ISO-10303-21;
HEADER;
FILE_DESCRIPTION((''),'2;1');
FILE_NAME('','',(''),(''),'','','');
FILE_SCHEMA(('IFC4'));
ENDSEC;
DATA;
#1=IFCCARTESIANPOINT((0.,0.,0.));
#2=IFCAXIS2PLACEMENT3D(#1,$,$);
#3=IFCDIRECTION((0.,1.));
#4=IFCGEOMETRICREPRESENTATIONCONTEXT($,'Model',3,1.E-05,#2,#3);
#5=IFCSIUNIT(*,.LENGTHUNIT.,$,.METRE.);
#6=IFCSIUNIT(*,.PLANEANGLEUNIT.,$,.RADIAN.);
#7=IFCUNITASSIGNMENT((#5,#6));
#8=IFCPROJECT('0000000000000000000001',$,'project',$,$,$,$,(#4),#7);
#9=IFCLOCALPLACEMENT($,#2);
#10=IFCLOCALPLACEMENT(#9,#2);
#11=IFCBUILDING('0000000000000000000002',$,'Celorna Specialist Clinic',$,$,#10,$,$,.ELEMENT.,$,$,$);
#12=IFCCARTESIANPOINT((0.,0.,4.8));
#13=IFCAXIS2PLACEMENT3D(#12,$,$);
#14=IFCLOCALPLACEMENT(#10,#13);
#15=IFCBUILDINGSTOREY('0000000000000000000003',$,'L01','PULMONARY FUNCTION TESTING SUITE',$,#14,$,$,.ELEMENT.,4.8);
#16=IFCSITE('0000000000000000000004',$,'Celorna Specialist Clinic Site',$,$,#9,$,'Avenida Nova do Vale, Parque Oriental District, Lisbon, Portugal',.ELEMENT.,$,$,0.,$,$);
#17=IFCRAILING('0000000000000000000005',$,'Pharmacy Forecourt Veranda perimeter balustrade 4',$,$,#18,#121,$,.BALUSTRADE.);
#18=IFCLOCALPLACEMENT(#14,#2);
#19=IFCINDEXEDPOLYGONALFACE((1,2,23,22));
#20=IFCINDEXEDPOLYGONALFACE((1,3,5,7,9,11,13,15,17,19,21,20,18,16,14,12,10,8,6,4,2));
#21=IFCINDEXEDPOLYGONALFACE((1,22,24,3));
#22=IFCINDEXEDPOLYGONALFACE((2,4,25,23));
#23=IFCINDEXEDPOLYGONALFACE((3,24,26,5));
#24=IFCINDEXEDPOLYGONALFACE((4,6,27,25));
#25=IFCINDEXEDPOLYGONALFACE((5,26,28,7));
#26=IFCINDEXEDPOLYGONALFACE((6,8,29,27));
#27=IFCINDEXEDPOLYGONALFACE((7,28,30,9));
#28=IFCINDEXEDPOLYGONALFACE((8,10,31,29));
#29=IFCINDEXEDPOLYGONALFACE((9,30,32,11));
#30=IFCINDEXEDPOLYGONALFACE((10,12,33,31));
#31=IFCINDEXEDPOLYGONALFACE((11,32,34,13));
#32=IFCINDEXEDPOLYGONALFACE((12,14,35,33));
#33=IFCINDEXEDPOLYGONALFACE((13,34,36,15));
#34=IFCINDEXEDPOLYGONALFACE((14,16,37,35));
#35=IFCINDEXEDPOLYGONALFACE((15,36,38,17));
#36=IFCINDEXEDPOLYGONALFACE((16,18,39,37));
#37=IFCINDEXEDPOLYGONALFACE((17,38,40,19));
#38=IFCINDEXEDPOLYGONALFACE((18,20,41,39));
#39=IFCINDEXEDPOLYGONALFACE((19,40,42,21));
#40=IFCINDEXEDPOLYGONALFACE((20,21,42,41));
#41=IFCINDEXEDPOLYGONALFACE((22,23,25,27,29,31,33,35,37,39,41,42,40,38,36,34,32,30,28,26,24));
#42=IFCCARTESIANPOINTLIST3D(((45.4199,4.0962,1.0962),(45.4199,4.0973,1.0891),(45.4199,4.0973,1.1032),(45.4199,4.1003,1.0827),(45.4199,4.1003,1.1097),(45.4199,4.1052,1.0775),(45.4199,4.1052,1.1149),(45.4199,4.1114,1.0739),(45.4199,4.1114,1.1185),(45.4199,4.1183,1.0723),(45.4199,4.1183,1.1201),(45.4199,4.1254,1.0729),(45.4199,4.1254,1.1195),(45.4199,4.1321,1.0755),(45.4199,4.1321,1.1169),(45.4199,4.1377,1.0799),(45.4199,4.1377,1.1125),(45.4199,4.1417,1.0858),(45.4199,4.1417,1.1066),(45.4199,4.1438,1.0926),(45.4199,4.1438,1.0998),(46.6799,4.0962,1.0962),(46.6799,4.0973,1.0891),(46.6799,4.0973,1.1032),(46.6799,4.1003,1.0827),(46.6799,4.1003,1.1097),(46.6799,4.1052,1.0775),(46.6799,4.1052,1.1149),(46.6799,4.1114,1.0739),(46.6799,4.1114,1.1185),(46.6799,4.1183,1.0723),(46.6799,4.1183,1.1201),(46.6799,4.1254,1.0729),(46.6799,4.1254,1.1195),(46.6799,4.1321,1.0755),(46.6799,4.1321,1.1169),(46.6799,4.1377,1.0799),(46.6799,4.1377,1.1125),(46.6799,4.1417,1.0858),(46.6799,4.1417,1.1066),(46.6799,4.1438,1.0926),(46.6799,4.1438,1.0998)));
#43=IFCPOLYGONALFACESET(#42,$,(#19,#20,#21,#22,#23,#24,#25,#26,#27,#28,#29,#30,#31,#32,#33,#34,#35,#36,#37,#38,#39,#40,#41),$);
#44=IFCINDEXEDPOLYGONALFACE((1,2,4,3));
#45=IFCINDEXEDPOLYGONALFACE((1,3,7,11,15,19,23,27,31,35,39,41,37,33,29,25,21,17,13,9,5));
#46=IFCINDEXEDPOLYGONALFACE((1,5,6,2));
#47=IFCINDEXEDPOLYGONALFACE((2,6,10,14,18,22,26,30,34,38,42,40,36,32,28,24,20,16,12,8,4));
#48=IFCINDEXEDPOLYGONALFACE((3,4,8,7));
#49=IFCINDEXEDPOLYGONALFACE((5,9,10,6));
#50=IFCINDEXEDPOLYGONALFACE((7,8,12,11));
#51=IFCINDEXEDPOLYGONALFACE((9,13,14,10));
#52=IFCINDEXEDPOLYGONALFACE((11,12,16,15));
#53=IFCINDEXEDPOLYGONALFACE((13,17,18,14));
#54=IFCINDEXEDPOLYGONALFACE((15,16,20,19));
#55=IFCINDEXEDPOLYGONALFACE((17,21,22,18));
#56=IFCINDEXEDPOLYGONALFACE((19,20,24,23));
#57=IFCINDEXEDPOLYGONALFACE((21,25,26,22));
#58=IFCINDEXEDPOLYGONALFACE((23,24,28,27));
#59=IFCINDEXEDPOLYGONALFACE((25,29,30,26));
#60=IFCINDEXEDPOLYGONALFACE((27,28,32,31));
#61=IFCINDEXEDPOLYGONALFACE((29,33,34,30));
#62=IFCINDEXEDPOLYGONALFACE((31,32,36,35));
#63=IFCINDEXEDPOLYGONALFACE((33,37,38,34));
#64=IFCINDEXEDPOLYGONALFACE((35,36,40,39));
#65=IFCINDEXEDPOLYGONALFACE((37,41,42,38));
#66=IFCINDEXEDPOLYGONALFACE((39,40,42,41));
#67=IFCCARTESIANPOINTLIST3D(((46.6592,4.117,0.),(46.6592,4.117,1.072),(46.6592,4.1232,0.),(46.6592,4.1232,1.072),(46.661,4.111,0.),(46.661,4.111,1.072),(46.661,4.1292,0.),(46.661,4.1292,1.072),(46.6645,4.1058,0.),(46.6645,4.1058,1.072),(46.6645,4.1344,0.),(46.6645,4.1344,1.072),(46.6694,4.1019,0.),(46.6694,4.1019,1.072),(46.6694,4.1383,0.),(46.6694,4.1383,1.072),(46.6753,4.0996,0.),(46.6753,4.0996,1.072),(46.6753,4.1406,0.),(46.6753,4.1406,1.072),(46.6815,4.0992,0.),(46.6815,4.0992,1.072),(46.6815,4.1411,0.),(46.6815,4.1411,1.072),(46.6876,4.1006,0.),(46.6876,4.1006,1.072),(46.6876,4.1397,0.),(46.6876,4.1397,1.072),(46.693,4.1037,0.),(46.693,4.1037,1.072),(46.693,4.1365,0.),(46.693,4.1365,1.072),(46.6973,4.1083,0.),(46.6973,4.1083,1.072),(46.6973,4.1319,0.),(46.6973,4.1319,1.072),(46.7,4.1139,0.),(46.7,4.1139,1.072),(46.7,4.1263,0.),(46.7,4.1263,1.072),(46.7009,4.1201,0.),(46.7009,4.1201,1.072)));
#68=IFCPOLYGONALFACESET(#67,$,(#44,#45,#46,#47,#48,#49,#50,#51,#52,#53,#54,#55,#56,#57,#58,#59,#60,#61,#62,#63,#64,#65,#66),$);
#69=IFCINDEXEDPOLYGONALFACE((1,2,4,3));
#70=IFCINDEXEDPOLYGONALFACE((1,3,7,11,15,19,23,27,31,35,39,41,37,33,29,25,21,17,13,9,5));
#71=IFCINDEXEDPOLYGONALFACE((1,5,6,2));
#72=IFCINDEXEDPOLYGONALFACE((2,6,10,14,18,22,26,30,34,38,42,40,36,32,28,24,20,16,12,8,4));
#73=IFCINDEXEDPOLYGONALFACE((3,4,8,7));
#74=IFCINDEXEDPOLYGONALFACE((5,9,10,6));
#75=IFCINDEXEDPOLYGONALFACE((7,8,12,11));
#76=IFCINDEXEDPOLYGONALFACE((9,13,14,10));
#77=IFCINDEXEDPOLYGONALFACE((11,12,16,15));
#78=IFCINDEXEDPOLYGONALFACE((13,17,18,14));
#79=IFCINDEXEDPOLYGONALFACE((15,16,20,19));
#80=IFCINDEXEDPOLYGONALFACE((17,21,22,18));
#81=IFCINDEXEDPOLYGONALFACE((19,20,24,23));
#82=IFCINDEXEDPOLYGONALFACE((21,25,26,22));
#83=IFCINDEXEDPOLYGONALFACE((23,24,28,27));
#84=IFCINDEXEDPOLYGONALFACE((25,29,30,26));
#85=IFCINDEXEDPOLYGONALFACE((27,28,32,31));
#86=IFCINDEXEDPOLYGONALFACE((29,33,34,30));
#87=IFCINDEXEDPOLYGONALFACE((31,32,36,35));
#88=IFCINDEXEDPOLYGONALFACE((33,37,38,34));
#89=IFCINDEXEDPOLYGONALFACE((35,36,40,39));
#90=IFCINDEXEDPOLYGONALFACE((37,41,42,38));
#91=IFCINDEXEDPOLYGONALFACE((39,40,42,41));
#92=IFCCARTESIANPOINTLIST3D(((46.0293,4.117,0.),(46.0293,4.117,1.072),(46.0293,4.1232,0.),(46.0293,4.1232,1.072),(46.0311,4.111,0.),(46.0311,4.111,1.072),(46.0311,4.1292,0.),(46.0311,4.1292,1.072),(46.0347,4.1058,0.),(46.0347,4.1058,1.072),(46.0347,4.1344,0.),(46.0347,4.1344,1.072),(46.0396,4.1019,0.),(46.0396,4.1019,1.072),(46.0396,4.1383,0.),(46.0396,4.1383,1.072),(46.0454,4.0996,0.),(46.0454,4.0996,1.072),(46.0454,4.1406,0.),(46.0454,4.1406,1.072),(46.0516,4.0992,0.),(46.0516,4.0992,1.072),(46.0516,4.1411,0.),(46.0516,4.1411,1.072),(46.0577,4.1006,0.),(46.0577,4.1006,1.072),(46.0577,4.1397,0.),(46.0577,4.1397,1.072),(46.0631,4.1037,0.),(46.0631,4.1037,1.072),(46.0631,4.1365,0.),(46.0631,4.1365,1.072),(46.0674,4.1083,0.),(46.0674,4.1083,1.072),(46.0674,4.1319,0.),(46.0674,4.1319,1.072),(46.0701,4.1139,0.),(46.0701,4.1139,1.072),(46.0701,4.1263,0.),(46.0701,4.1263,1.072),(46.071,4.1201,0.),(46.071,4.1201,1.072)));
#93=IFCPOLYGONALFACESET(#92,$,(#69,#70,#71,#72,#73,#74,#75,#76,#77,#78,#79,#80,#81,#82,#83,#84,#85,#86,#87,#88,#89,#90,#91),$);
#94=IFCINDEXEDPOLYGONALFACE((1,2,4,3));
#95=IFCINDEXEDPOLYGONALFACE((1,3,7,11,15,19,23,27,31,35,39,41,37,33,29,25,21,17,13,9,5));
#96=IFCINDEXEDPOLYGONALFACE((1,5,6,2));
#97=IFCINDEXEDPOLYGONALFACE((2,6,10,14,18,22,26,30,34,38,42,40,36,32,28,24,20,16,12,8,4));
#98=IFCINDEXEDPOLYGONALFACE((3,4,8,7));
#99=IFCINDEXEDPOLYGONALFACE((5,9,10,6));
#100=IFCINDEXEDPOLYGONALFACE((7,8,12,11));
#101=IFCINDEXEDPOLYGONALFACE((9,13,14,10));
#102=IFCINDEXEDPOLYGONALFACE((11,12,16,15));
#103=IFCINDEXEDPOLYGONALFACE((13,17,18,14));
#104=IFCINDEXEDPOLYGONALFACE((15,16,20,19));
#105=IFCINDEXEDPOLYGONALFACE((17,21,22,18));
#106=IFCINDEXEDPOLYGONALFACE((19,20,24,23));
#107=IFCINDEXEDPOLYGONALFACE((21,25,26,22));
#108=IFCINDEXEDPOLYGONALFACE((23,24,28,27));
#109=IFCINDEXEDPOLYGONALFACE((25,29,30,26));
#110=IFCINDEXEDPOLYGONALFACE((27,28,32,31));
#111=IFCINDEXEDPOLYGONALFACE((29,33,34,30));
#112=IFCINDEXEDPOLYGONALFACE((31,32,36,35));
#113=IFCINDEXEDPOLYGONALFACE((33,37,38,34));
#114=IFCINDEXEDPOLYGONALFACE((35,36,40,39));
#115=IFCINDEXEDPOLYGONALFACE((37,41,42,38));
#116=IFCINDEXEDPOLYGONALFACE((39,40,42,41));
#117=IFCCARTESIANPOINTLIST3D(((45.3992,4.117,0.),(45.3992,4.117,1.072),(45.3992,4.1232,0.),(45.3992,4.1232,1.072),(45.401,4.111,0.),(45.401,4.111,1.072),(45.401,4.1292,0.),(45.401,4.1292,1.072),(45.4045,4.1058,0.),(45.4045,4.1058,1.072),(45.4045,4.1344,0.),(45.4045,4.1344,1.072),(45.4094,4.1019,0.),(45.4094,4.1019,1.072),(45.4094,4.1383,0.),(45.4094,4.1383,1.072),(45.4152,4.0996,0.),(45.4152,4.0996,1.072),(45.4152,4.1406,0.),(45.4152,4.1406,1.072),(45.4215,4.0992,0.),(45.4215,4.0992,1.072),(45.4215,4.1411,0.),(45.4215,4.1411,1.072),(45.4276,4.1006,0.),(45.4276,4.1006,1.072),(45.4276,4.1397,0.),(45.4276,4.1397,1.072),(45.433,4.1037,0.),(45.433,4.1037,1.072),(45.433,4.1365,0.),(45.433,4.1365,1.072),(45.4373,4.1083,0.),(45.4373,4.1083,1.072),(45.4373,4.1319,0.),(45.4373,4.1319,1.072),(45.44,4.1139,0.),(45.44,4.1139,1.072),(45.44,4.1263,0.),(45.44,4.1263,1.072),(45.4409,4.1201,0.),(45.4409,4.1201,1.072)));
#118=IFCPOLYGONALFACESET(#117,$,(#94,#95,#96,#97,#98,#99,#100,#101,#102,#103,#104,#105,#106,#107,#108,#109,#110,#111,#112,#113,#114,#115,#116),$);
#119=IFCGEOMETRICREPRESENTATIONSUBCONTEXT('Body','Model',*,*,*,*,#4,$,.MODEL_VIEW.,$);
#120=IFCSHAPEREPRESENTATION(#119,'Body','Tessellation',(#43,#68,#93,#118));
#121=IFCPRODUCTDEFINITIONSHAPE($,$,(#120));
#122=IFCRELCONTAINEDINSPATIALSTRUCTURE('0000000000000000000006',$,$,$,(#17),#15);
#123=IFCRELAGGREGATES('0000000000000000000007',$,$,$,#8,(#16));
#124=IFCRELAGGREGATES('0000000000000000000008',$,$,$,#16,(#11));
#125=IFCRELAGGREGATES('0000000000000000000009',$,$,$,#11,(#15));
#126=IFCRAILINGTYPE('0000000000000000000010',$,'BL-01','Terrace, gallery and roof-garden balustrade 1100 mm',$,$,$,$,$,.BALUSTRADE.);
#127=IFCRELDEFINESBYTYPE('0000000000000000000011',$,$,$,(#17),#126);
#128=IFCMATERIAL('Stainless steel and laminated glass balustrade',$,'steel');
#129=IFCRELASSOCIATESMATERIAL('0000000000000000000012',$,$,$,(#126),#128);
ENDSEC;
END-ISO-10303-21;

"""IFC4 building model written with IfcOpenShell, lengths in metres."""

from ifc_helpers import new_model, si_unit, direction, frame, origin, origin_2d, place, context, subcontext, project, spatial, circle, extrude, material, type_object, element, save


model = new_model("IFC4")

# Units and contexts
model_context = context("Model", 3, precision=1e-05, world=origin(), true_north=direction((0.0, 1.0)))
body_context = subcontext(model_context, "Body", "Model", "MODEL_VIEW")
ifc_project = project(units=[si_unit("LENGTHUNIT", "METRE"), si_unit("PLANEANGLEUNIT", "RADIAN")], contexts=[model_context])

# Site, building, storey
site_placement = place(None, origin())
site = spatial("IfcSite", under=ifc_project, at=site_placement, Name="Celorna Specialist Clinic Site", LongName="Avenida Nova do Vale, Parque Oriental District, Lisbon, Portugal", CompositionType="ELEMENT", RefElevation=0.0)
building_placement = place(site_placement, origin())
building = spatial("IfcBuilding", under=site, at=building_placement, Name="Celorna Specialist Clinic", CompositionType="ELEMENT")
storey_placement = place(building_placement, frame((0.0, 0.0, 4.8)))
storey = spatial("IfcBuildingStorey", under=building, at=storey_placement, Name="L01", Description="PULMONARY FUNCTION TESTING SUITE", CompositionType="ELEMENT", Elevation=4.8)

# Railing
ifc_material_1 = material(Name="Stainless steel and laminated glass balustrade", Category="steel")
railing_type = type_object("IfcRailingType", Name="BL-01", Description="Terrace, gallery and roof-garden balustrade 1100 mm", PredefinedType="BALUSTRADE", material=ifc_material_1)
railing_placement = place(storey_placement, frame((46.6799, 4.1201, 0.0)))
element("IfcRailing", 1, at=railing_placement, inside=storey, type_object=railing_type, Name="Pharmacy Forecourt Veranda perimeter balustrade 4", PredefinedType="BALUSTRADE", context=body_context, shape_type="SweptSolid", body=[
    extrude(circle(Radius=0.0239, at=origin_2d()), frame((0.0, 0.0, 1.0962), z_axis=(-1.0, 0.0, 0.0), x_axis=(0.0, -1.0, 0.0)), (0.0, 0.0, 1.0), 1.26),
    extrude(circle(Radius=0.021, at=origin_2d()), origin(), (0.0, 0.0, 1.0), 1.072),
    extrude(circle(Radius=0.021, at=origin_2d()), frame((-0.6299, 0.0, 0.0)), (0.0, 0.0, 1.0), 1.072),
    extrude(circle(Radius=0.021, at=origin_2d()), frame((-1.26, 0.0, 0.0)), (0.0, 0.0, 1.0), 1.072),
])

save(model, "model.ifc")
